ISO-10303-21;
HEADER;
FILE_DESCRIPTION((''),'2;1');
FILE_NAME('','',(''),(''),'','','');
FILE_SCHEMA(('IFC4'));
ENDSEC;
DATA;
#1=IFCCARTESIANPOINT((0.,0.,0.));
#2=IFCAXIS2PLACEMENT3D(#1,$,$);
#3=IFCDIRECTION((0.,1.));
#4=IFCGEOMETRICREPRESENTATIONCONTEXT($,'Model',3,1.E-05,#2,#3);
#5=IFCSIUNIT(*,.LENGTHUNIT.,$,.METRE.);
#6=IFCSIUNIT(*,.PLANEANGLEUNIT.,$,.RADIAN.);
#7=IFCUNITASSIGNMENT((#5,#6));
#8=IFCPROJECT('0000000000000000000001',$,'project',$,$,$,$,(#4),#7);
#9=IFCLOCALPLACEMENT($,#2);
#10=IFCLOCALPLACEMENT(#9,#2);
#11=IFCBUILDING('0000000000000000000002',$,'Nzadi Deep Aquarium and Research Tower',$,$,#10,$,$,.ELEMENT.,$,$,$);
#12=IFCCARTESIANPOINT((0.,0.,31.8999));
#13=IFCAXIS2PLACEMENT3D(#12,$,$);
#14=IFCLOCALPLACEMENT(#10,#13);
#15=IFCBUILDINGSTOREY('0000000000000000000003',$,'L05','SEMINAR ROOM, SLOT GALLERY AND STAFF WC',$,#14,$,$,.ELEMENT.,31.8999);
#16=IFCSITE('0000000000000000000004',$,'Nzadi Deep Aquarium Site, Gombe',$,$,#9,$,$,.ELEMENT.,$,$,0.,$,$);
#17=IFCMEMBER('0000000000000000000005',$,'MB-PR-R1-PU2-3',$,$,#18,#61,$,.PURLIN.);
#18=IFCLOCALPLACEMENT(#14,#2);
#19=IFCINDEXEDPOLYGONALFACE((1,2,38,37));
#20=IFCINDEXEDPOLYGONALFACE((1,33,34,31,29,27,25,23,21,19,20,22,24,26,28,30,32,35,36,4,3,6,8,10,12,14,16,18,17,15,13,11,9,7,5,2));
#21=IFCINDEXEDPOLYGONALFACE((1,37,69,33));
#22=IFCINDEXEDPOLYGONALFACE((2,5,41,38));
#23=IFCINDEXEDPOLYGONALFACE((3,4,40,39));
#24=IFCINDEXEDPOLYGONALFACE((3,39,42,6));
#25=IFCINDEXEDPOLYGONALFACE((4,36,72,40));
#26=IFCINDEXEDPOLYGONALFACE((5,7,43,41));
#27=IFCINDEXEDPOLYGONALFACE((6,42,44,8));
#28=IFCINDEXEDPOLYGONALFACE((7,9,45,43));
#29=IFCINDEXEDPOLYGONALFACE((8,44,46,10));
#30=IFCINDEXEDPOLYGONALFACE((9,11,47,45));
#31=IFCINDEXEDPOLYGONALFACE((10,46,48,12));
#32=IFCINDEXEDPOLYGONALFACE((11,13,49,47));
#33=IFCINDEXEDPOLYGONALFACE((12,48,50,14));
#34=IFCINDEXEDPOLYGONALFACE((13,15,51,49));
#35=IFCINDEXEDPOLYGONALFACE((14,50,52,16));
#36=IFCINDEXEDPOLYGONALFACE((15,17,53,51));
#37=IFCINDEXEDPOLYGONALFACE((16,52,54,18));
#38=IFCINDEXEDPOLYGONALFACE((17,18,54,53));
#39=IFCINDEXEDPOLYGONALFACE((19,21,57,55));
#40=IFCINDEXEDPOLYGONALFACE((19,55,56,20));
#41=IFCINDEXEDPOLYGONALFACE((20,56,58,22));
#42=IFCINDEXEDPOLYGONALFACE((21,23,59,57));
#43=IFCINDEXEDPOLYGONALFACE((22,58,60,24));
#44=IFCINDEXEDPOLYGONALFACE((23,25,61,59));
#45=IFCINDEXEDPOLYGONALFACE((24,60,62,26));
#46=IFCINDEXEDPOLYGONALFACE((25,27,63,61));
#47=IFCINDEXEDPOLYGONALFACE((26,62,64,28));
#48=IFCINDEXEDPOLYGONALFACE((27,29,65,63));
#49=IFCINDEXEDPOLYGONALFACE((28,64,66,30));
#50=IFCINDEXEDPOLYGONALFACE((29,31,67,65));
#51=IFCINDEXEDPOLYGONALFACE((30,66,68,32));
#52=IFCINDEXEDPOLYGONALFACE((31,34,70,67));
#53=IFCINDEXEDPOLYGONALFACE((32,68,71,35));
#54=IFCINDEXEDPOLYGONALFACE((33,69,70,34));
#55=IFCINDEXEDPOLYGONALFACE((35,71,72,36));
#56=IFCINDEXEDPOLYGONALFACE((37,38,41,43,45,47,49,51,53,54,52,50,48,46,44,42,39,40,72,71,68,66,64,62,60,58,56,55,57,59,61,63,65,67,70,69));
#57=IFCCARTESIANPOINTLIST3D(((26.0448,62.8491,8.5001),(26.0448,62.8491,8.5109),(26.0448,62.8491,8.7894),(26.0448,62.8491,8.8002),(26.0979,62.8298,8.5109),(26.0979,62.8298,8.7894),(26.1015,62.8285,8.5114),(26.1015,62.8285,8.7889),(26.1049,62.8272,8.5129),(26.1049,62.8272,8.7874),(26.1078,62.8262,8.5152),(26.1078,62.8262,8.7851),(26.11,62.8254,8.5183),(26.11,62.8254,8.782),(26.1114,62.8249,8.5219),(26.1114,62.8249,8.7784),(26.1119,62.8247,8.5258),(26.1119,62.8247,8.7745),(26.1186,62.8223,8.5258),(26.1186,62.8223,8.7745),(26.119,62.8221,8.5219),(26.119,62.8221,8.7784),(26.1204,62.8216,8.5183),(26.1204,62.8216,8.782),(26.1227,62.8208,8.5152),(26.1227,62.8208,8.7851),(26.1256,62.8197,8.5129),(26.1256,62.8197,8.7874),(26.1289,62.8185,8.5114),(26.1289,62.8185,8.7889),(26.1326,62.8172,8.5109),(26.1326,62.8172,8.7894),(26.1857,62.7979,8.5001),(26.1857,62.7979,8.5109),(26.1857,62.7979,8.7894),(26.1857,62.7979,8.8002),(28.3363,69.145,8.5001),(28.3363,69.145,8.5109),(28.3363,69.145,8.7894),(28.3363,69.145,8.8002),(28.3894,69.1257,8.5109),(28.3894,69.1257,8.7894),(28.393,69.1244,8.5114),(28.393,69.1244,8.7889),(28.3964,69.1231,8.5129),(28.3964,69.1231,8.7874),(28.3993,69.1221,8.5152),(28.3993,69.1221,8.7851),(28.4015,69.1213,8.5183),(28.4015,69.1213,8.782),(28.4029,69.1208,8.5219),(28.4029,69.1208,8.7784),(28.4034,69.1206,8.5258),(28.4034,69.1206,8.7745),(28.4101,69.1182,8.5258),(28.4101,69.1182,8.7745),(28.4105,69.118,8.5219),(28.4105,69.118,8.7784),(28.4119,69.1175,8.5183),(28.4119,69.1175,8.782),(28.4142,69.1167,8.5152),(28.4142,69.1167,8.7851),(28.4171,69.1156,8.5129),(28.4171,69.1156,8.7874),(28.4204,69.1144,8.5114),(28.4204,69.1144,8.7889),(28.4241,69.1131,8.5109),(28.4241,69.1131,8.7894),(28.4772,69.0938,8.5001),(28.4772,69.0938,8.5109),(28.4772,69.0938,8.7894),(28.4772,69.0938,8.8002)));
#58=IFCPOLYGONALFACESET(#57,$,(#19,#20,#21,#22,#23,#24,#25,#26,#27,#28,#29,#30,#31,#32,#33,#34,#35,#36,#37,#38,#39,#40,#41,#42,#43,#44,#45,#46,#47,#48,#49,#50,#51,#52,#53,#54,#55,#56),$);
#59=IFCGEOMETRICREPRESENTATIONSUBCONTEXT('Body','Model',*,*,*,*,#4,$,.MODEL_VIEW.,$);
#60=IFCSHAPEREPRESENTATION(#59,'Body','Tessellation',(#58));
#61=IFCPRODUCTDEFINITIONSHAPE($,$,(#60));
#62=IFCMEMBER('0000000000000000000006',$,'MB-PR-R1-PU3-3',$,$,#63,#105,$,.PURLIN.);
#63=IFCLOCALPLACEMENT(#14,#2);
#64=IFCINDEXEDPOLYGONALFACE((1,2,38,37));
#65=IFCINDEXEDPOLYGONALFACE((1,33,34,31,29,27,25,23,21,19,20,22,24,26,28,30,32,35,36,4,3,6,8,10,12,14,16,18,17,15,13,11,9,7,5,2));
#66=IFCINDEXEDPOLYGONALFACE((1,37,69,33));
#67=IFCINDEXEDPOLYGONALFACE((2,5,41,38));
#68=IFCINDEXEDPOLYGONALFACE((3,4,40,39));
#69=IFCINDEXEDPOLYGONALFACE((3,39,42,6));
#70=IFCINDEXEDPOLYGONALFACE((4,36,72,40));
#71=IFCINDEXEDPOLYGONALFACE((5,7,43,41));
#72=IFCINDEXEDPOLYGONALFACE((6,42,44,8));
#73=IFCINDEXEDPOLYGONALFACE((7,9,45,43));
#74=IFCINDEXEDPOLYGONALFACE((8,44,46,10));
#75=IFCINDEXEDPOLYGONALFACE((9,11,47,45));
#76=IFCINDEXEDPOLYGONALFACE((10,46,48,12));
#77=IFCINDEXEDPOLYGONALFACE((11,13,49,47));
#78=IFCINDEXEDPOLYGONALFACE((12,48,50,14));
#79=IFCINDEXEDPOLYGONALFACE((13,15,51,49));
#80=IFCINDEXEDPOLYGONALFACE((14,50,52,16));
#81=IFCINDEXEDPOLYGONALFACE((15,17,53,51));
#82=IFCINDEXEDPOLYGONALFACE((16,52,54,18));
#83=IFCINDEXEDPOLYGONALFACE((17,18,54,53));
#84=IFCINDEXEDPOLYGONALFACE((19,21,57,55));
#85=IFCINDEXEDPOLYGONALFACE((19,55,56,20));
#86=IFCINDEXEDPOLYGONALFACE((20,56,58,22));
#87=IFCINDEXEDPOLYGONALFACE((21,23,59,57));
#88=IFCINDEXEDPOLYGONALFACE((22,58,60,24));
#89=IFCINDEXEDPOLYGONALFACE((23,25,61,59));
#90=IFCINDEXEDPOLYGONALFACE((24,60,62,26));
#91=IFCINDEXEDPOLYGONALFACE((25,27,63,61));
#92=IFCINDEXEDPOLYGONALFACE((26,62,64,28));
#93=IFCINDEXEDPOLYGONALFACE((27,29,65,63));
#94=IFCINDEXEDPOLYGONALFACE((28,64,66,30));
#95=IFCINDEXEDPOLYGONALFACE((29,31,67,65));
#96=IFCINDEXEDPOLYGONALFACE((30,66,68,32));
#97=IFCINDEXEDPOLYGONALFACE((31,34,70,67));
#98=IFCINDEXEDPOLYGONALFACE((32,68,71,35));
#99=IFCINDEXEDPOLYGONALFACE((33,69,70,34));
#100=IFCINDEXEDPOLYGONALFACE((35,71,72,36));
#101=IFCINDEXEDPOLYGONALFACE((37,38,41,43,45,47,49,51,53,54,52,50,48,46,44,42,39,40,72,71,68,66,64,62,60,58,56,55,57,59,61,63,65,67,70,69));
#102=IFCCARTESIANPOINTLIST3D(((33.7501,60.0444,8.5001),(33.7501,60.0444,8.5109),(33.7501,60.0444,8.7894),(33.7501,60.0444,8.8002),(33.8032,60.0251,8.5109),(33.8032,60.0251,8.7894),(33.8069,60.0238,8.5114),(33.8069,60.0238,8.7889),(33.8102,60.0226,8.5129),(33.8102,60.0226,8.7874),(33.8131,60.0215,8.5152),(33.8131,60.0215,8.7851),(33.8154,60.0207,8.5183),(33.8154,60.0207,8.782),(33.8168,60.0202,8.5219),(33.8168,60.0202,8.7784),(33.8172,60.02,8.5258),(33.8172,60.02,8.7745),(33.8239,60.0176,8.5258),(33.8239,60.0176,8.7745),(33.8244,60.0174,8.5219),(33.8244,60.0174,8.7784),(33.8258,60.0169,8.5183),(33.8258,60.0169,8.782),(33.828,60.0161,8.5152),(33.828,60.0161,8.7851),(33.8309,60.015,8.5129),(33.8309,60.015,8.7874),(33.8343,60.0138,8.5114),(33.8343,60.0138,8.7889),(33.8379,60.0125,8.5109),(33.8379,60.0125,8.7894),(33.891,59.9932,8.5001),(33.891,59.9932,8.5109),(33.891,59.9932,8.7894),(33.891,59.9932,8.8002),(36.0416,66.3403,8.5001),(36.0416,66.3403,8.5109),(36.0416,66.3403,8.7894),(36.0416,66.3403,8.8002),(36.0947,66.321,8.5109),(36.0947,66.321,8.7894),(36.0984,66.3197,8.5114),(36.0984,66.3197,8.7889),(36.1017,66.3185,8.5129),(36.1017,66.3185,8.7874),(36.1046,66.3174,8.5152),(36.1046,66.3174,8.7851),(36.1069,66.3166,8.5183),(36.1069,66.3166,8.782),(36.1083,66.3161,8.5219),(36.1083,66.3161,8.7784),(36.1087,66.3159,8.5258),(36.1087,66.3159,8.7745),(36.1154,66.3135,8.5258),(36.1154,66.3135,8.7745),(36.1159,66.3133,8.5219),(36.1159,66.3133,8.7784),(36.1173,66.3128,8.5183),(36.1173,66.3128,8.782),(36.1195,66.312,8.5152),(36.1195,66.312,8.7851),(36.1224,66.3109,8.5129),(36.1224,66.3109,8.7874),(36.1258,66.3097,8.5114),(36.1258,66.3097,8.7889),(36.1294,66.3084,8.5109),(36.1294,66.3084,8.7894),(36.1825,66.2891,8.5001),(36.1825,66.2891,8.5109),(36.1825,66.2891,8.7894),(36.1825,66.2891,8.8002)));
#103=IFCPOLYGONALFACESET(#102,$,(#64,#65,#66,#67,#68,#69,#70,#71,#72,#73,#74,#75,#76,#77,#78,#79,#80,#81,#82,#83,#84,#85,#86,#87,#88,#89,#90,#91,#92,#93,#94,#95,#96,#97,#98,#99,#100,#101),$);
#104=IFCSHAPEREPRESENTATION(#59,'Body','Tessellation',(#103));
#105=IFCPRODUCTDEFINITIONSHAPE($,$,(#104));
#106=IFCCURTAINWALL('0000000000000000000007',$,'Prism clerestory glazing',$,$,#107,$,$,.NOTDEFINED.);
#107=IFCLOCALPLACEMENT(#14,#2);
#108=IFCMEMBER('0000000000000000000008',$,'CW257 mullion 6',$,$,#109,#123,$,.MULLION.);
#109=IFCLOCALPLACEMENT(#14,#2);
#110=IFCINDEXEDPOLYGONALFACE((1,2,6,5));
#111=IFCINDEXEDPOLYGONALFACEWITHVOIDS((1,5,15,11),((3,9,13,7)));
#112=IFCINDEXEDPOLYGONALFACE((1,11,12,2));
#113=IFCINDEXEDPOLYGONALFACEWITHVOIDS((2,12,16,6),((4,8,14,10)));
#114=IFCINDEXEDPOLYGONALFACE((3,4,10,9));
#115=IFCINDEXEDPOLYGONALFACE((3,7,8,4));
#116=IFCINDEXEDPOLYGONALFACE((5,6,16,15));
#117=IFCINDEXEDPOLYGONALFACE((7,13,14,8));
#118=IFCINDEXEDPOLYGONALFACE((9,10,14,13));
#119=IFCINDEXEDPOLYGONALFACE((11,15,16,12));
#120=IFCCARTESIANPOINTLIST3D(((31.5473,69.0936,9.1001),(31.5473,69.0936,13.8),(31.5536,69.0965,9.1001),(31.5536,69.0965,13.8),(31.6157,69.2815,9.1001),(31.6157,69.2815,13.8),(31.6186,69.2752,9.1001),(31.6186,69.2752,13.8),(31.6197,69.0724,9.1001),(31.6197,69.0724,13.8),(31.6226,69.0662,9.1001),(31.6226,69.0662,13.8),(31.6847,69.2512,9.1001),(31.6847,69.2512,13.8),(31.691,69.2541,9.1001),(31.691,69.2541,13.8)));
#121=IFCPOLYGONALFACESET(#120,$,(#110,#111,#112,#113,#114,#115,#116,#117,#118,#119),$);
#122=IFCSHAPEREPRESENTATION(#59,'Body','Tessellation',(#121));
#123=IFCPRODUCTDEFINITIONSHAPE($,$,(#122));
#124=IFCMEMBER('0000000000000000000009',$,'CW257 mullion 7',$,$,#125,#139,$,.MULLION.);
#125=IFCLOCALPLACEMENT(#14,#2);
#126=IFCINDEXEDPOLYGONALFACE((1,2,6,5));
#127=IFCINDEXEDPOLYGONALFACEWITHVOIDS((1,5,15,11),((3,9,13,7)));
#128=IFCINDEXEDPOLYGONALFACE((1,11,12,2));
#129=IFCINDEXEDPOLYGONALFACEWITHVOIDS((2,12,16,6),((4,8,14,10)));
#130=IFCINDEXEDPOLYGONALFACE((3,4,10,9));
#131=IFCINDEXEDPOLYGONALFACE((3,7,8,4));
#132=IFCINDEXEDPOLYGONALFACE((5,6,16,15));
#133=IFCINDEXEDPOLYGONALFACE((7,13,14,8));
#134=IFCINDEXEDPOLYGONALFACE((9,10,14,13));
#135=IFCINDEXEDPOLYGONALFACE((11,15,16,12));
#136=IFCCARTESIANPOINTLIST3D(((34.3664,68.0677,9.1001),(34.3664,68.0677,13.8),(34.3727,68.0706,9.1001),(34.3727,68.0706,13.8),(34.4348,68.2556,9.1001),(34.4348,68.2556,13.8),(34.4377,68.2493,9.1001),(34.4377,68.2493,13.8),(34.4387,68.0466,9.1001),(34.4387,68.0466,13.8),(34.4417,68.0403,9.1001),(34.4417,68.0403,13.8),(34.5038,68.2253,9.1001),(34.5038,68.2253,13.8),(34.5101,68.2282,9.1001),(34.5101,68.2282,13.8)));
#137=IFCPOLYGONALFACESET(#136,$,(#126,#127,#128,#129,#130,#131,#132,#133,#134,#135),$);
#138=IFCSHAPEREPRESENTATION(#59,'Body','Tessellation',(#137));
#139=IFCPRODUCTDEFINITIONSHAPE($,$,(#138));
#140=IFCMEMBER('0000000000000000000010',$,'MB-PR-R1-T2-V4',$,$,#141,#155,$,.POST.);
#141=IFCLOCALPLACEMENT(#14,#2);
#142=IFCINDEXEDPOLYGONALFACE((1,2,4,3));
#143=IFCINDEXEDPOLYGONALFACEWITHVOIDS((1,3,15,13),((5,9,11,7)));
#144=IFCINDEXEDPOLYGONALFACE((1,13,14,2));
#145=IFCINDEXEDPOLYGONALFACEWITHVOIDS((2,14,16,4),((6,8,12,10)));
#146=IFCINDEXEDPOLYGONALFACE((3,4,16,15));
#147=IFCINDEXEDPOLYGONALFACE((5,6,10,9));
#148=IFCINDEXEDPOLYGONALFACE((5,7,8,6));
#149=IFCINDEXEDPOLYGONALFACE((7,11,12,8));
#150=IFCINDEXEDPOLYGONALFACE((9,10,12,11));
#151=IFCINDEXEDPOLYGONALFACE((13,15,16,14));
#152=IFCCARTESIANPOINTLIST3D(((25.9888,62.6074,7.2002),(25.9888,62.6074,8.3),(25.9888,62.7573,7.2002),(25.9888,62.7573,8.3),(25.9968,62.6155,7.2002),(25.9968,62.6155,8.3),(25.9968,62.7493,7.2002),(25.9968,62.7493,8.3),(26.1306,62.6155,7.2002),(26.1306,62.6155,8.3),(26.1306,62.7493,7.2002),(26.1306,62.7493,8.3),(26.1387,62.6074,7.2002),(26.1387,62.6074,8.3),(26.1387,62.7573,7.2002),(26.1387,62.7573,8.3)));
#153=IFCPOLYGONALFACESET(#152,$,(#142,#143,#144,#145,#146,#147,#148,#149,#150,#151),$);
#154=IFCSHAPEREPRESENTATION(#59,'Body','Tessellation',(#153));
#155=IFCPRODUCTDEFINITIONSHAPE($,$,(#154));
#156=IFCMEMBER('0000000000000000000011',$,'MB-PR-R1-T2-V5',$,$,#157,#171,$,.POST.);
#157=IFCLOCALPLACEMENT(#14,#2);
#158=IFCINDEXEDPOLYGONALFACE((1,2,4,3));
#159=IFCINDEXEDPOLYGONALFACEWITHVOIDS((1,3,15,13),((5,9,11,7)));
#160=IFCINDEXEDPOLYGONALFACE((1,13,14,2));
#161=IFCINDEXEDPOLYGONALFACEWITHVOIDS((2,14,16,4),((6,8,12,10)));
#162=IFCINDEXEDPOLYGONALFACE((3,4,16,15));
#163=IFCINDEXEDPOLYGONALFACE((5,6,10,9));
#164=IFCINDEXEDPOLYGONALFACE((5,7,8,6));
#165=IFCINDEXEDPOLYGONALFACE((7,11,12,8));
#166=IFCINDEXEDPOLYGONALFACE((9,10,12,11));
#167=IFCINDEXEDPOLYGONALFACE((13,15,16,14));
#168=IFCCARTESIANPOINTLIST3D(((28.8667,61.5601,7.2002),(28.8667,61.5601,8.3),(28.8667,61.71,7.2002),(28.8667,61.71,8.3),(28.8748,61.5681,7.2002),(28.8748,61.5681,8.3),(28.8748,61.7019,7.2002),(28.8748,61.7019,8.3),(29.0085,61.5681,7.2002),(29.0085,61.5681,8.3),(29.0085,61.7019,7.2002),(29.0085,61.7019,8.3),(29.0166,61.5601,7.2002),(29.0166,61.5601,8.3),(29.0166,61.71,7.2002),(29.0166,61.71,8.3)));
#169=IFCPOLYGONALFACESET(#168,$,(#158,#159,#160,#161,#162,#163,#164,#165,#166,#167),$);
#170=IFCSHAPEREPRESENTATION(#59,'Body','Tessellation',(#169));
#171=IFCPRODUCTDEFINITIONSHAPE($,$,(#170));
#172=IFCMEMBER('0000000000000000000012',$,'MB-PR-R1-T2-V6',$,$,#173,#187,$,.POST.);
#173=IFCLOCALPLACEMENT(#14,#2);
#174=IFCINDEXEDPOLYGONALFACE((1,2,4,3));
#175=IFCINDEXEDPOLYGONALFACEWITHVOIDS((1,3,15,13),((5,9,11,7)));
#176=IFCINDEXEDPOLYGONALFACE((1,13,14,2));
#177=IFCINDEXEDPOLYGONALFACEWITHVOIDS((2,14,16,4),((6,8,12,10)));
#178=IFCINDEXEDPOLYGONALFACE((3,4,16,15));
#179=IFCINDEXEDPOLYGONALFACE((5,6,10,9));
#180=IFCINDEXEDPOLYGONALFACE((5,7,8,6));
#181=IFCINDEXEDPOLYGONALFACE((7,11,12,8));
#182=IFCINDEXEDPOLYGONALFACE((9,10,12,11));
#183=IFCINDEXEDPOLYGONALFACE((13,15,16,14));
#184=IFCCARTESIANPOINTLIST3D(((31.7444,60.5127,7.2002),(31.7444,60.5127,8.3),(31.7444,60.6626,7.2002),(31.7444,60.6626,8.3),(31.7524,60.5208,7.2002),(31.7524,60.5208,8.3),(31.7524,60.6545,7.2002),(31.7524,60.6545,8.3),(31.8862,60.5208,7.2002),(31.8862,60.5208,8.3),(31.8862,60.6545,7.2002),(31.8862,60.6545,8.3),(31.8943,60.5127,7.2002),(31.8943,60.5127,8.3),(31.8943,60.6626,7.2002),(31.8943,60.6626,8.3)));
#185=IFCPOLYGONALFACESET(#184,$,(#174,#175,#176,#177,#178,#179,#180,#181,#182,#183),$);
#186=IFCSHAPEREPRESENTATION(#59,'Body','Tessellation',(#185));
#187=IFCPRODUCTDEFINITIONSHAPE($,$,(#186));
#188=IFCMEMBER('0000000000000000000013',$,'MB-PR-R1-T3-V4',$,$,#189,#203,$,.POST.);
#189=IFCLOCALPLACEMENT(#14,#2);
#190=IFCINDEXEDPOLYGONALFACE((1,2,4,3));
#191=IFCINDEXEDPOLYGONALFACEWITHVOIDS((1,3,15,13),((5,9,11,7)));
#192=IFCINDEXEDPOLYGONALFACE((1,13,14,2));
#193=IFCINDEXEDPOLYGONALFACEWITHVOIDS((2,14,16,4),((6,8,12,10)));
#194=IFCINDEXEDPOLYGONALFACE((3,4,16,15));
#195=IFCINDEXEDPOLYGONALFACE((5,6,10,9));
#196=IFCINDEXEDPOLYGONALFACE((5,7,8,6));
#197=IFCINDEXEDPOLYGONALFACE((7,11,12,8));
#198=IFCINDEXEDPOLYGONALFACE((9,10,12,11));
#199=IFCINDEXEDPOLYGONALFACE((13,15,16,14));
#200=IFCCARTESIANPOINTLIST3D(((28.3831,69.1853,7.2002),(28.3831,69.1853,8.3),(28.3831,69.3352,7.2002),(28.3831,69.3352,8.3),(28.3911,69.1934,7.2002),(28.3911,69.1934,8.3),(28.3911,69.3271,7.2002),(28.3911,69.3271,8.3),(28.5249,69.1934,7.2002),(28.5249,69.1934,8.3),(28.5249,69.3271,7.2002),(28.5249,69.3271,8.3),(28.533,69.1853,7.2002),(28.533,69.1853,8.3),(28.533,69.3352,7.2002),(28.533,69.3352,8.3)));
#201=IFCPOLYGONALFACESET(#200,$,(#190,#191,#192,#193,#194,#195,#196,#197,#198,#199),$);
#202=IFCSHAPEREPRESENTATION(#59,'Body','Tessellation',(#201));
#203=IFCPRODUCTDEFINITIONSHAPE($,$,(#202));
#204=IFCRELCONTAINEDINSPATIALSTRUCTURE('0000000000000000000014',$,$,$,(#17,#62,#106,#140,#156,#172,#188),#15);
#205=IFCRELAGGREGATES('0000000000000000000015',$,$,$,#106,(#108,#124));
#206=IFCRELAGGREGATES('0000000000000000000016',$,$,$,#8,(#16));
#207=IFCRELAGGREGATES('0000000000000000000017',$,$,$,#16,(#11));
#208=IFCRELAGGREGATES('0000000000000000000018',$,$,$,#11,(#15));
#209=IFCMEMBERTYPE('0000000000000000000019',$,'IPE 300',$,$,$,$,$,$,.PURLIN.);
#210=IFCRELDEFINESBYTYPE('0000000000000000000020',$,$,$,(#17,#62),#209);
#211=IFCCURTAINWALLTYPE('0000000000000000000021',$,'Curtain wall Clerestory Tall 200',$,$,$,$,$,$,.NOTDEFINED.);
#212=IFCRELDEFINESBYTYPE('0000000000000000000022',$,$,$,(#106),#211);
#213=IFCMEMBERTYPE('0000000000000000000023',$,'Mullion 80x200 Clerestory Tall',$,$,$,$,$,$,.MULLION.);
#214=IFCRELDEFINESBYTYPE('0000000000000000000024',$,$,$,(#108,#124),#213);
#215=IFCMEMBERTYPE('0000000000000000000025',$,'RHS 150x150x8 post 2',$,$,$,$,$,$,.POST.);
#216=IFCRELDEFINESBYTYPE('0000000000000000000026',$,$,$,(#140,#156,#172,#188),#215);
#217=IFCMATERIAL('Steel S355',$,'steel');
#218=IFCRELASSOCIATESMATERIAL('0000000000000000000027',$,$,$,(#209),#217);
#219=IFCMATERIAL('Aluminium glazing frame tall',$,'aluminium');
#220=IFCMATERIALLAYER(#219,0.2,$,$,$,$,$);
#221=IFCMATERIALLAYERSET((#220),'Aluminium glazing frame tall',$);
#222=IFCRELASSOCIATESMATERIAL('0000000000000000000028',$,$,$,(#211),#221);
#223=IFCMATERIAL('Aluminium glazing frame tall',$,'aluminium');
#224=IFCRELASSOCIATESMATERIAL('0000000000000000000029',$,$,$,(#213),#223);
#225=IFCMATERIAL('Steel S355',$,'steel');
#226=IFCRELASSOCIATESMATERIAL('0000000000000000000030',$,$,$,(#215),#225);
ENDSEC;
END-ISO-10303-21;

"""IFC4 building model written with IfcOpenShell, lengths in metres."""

from ifc_helpers import new_model, si_unit, direction, frame, origin, origin_2d, place, context, subcontext, project, spatial, hollow_rectangle, i_section, extrude, material, layer, layer_set, material_profile, profile_set, type_object, element, aggregate, save


model = new_model("IFC4")

# Units and contexts
model_context = context("Model", 3, precision=1e-05, world=origin(), true_north=direction((0.0, 1.0)))
body_context = subcontext(model_context, "Body", "Model", "MODEL_VIEW")
ifc_project = project(units=[si_unit("LENGTHUNIT", "METRE"), si_unit("PLANEANGLEUNIT", "RADIAN")], contexts=[model_context])

# Site, building, storey
site_placement = place(None, origin())
site = spatial("IfcSite", under=ifc_project, at=site_placement, Name="Nzadi Deep Aquarium Site, Gombe", CompositionType="ELEMENT", RefElevation=0.0)
building_placement = place(site_placement, origin())
building = spatial("IfcBuilding", under=site, at=building_placement, Name="Nzadi Deep Aquarium and Research Tower", CompositionType="ELEMENT")
storey_placement = place(building_placement, frame((0.0, 0.0, 31.8999)))
storey = spatial("IfcBuildingStorey", under=building, at=storey_placement, Name="L05", Description="SEMINAR ROOM, SLOT GALLERY AND STAFF WC", CompositionType="ELEMENT", Elevation=31.8999)

# Members
ifc_material_1 = material(Name="Steel S355", Category="steel")
ifc_material_profile_1 = material_profile(ifc_material_1, i_section(OverallWidth=0.1499, OverallDepth=0.3, WebThickness=0.0071, FlangeThickness=0.0107, FilletRadius=0.0149, at=origin_2d()))
ifc_profile_set_1 = profile_set([ifc_material_profile_1], Name="Steel S355")
member_type_1 = type_object("IfcMemberType", Name="IPE 300", PredefinedType="PURLIN", material=ifc_profile_set_1)
for number, where, z_axis, x_axis, name in (
    (1, (26.1152, 62.8235, 8.6501), (0.342018, 0.939693, 0.0), (-0.939693, 0.342018, 0.0), "MB-PR-R1-PU2-3"),
    (2, (33.8206, 60.0188, 8.6501), (0.342018, 0.939693, 0.0), (-0.939693, 0.342018, 0.0), "MB-PR-R1-PU3-3"),
):
    element("IfcMember", number, at=place(storey_placement, frame(where, z_axis=z_axis, x_axis=x_axis)), inside=storey, type_object=member_type_1, Name=name, PredefinedType="PURLIN", context=body_context, shape_type="SweptSolid", body=[
        extrude(i_section(OverallWidth=0.1499, OverallDepth=0.3, WebThickness=0.0071, FlangeThickness=0.0107, FilletRadius=0.0149, at=origin_2d()), origin(), (0.0, 0.0, 1.0), 6.7),
    ])

# Curtain wall, members
ifc_material_2 = material(Name="Aluminium glazing frame tall", Category="aluminium")
ifc_layer_1 = layer(ifc_material_2, 0.2)
ifc_layer_set_1 = layer_set([ifc_layer_1], Name="Aluminium glazing frame tall")
curtain_wall_type = type_object("IfcCurtainWallType", Name="Curtain wall Clerestory Tall 200", PredefinedType="NOTDEFINED", material=ifc_layer_set_1)
curtain_wall_placement = place(storey_placement, origin())
curtain_wall = element("IfcCurtainWall", 3, at=curtain_wall_placement, inside=storey, type_object=curtain_wall_type, Name="Prism clerestory glazing", PredefinedType="NOTDEFINED")
ifc_material_3 = material(Name="Aluminium glazing frame tall", Category="aluminium")
ifc_material_profile_2 = material_profile(ifc_material_3, hollow_rectangle(XDim=0.2, YDim=0.0801, WallThickness=0.0049, at=origin_2d()))
ifc_profile_set_2 = profile_set([ifc_material_profile_2], Name="Aluminium glazing frame tall")
member_type_2 = type_object("IfcMemberType", Name="Mullion 80x200 Clerestory Tall", PredefinedType="MULLION", material=ifc_profile_set_2)
member_1_placement = place(storey_placement, frame((31.6191, 69.1738, 9.1001), z_axis=(0.0, 0.0, 1.0), x_axis=(0.34202, 0.939693, 0.0)))
member_1 = element("IfcMember", 4, at=member_1_placement, type_object=member_type_2, Name="CW257 mullion 6", PredefinedType="MULLION", context=body_context, shape_type="SweptSolid", body=[
    extrude(hollow_rectangle(XDim=0.2, YDim=0.0801, WallThickness=0.0049, at=origin_2d()), origin(), (0.0, 0.0, 1.0), 4.7),
])
member_2_placement = place(storey_placement, frame((34.4382, 68.1479, 9.1001), z_axis=(0.0, 0.0, 1.0), x_axis=(0.34202, 0.939693, 0.0)))
member_2 = element("IfcMember", 5, at=member_2_placement, type_object=member_type_2, Name="CW257 mullion 7", PredefinedType="MULLION", context=body_context, shape_type="SweptSolid", body=[
    extrude(hollow_rectangle(XDim=0.2, YDim=0.0801, WallThickness=0.0049, at=origin_2d()), origin(), (0.0, 0.0, 1.0), 4.7),
])

# Members
ifc_material_4 = material(Name="Steel S355", Category="steel")
ifc_material_profile_3 = material_profile(ifc_material_4, hollow_rectangle(XDim=0.1499, YDim=0.1499, WallThickness=0.0081, at=origin_2d()))
ifc_profile_set_3 = profile_set([ifc_material_profile_3], Name="Steel S355")
member_type_3 = type_object("IfcMemberType", Name="RHS 150x150x8 post 2", PredefinedType="POST", material=ifc_profile_set_3)
for number, where, z_axis, x_axis, name in (
    (6, (26.0637, 62.6824, 7.2002), (0.0, 0.0, 1.0), (1.0, 0.0, 0.0), "MB-PR-R1-T2-V4"),
    (7, (28.9417, 61.635, 7.2002), (0.0, 0.0, 1.0), (1.0, 0.0, 0.0), "MB-PR-R1-T2-V5"),
    (8, (31.8193, 60.5876, 7.2002), (0.0, 0.0, 1.0), (1.0, 0.0, 0.0), "MB-PR-R1-T2-V6"),
    (9, (28.458, 69.2603, 7.2002), (0.0, 0.0, 1.0), (1.0, 0.0, 0.0), "MB-PR-R1-T3-V4"),
):
    element("IfcMember", number, at=place(storey_placement, frame(where, z_axis=z_axis, x_axis=x_axis)), inside=storey, type_object=member_type_3, Name=name, PredefinedType="POST", context=body_context, shape_type="SweptSolid", body=[
        extrude(hollow_rectangle(XDim=0.1499, YDim=0.1499, WallThickness=0.0081, at=origin_2d()), origin(), (0.0, 0.0, 1.0), 1.0999),
    ])

aggregate(curtain_wall, [member_1, member_2])

save(model, "model.ifc")
